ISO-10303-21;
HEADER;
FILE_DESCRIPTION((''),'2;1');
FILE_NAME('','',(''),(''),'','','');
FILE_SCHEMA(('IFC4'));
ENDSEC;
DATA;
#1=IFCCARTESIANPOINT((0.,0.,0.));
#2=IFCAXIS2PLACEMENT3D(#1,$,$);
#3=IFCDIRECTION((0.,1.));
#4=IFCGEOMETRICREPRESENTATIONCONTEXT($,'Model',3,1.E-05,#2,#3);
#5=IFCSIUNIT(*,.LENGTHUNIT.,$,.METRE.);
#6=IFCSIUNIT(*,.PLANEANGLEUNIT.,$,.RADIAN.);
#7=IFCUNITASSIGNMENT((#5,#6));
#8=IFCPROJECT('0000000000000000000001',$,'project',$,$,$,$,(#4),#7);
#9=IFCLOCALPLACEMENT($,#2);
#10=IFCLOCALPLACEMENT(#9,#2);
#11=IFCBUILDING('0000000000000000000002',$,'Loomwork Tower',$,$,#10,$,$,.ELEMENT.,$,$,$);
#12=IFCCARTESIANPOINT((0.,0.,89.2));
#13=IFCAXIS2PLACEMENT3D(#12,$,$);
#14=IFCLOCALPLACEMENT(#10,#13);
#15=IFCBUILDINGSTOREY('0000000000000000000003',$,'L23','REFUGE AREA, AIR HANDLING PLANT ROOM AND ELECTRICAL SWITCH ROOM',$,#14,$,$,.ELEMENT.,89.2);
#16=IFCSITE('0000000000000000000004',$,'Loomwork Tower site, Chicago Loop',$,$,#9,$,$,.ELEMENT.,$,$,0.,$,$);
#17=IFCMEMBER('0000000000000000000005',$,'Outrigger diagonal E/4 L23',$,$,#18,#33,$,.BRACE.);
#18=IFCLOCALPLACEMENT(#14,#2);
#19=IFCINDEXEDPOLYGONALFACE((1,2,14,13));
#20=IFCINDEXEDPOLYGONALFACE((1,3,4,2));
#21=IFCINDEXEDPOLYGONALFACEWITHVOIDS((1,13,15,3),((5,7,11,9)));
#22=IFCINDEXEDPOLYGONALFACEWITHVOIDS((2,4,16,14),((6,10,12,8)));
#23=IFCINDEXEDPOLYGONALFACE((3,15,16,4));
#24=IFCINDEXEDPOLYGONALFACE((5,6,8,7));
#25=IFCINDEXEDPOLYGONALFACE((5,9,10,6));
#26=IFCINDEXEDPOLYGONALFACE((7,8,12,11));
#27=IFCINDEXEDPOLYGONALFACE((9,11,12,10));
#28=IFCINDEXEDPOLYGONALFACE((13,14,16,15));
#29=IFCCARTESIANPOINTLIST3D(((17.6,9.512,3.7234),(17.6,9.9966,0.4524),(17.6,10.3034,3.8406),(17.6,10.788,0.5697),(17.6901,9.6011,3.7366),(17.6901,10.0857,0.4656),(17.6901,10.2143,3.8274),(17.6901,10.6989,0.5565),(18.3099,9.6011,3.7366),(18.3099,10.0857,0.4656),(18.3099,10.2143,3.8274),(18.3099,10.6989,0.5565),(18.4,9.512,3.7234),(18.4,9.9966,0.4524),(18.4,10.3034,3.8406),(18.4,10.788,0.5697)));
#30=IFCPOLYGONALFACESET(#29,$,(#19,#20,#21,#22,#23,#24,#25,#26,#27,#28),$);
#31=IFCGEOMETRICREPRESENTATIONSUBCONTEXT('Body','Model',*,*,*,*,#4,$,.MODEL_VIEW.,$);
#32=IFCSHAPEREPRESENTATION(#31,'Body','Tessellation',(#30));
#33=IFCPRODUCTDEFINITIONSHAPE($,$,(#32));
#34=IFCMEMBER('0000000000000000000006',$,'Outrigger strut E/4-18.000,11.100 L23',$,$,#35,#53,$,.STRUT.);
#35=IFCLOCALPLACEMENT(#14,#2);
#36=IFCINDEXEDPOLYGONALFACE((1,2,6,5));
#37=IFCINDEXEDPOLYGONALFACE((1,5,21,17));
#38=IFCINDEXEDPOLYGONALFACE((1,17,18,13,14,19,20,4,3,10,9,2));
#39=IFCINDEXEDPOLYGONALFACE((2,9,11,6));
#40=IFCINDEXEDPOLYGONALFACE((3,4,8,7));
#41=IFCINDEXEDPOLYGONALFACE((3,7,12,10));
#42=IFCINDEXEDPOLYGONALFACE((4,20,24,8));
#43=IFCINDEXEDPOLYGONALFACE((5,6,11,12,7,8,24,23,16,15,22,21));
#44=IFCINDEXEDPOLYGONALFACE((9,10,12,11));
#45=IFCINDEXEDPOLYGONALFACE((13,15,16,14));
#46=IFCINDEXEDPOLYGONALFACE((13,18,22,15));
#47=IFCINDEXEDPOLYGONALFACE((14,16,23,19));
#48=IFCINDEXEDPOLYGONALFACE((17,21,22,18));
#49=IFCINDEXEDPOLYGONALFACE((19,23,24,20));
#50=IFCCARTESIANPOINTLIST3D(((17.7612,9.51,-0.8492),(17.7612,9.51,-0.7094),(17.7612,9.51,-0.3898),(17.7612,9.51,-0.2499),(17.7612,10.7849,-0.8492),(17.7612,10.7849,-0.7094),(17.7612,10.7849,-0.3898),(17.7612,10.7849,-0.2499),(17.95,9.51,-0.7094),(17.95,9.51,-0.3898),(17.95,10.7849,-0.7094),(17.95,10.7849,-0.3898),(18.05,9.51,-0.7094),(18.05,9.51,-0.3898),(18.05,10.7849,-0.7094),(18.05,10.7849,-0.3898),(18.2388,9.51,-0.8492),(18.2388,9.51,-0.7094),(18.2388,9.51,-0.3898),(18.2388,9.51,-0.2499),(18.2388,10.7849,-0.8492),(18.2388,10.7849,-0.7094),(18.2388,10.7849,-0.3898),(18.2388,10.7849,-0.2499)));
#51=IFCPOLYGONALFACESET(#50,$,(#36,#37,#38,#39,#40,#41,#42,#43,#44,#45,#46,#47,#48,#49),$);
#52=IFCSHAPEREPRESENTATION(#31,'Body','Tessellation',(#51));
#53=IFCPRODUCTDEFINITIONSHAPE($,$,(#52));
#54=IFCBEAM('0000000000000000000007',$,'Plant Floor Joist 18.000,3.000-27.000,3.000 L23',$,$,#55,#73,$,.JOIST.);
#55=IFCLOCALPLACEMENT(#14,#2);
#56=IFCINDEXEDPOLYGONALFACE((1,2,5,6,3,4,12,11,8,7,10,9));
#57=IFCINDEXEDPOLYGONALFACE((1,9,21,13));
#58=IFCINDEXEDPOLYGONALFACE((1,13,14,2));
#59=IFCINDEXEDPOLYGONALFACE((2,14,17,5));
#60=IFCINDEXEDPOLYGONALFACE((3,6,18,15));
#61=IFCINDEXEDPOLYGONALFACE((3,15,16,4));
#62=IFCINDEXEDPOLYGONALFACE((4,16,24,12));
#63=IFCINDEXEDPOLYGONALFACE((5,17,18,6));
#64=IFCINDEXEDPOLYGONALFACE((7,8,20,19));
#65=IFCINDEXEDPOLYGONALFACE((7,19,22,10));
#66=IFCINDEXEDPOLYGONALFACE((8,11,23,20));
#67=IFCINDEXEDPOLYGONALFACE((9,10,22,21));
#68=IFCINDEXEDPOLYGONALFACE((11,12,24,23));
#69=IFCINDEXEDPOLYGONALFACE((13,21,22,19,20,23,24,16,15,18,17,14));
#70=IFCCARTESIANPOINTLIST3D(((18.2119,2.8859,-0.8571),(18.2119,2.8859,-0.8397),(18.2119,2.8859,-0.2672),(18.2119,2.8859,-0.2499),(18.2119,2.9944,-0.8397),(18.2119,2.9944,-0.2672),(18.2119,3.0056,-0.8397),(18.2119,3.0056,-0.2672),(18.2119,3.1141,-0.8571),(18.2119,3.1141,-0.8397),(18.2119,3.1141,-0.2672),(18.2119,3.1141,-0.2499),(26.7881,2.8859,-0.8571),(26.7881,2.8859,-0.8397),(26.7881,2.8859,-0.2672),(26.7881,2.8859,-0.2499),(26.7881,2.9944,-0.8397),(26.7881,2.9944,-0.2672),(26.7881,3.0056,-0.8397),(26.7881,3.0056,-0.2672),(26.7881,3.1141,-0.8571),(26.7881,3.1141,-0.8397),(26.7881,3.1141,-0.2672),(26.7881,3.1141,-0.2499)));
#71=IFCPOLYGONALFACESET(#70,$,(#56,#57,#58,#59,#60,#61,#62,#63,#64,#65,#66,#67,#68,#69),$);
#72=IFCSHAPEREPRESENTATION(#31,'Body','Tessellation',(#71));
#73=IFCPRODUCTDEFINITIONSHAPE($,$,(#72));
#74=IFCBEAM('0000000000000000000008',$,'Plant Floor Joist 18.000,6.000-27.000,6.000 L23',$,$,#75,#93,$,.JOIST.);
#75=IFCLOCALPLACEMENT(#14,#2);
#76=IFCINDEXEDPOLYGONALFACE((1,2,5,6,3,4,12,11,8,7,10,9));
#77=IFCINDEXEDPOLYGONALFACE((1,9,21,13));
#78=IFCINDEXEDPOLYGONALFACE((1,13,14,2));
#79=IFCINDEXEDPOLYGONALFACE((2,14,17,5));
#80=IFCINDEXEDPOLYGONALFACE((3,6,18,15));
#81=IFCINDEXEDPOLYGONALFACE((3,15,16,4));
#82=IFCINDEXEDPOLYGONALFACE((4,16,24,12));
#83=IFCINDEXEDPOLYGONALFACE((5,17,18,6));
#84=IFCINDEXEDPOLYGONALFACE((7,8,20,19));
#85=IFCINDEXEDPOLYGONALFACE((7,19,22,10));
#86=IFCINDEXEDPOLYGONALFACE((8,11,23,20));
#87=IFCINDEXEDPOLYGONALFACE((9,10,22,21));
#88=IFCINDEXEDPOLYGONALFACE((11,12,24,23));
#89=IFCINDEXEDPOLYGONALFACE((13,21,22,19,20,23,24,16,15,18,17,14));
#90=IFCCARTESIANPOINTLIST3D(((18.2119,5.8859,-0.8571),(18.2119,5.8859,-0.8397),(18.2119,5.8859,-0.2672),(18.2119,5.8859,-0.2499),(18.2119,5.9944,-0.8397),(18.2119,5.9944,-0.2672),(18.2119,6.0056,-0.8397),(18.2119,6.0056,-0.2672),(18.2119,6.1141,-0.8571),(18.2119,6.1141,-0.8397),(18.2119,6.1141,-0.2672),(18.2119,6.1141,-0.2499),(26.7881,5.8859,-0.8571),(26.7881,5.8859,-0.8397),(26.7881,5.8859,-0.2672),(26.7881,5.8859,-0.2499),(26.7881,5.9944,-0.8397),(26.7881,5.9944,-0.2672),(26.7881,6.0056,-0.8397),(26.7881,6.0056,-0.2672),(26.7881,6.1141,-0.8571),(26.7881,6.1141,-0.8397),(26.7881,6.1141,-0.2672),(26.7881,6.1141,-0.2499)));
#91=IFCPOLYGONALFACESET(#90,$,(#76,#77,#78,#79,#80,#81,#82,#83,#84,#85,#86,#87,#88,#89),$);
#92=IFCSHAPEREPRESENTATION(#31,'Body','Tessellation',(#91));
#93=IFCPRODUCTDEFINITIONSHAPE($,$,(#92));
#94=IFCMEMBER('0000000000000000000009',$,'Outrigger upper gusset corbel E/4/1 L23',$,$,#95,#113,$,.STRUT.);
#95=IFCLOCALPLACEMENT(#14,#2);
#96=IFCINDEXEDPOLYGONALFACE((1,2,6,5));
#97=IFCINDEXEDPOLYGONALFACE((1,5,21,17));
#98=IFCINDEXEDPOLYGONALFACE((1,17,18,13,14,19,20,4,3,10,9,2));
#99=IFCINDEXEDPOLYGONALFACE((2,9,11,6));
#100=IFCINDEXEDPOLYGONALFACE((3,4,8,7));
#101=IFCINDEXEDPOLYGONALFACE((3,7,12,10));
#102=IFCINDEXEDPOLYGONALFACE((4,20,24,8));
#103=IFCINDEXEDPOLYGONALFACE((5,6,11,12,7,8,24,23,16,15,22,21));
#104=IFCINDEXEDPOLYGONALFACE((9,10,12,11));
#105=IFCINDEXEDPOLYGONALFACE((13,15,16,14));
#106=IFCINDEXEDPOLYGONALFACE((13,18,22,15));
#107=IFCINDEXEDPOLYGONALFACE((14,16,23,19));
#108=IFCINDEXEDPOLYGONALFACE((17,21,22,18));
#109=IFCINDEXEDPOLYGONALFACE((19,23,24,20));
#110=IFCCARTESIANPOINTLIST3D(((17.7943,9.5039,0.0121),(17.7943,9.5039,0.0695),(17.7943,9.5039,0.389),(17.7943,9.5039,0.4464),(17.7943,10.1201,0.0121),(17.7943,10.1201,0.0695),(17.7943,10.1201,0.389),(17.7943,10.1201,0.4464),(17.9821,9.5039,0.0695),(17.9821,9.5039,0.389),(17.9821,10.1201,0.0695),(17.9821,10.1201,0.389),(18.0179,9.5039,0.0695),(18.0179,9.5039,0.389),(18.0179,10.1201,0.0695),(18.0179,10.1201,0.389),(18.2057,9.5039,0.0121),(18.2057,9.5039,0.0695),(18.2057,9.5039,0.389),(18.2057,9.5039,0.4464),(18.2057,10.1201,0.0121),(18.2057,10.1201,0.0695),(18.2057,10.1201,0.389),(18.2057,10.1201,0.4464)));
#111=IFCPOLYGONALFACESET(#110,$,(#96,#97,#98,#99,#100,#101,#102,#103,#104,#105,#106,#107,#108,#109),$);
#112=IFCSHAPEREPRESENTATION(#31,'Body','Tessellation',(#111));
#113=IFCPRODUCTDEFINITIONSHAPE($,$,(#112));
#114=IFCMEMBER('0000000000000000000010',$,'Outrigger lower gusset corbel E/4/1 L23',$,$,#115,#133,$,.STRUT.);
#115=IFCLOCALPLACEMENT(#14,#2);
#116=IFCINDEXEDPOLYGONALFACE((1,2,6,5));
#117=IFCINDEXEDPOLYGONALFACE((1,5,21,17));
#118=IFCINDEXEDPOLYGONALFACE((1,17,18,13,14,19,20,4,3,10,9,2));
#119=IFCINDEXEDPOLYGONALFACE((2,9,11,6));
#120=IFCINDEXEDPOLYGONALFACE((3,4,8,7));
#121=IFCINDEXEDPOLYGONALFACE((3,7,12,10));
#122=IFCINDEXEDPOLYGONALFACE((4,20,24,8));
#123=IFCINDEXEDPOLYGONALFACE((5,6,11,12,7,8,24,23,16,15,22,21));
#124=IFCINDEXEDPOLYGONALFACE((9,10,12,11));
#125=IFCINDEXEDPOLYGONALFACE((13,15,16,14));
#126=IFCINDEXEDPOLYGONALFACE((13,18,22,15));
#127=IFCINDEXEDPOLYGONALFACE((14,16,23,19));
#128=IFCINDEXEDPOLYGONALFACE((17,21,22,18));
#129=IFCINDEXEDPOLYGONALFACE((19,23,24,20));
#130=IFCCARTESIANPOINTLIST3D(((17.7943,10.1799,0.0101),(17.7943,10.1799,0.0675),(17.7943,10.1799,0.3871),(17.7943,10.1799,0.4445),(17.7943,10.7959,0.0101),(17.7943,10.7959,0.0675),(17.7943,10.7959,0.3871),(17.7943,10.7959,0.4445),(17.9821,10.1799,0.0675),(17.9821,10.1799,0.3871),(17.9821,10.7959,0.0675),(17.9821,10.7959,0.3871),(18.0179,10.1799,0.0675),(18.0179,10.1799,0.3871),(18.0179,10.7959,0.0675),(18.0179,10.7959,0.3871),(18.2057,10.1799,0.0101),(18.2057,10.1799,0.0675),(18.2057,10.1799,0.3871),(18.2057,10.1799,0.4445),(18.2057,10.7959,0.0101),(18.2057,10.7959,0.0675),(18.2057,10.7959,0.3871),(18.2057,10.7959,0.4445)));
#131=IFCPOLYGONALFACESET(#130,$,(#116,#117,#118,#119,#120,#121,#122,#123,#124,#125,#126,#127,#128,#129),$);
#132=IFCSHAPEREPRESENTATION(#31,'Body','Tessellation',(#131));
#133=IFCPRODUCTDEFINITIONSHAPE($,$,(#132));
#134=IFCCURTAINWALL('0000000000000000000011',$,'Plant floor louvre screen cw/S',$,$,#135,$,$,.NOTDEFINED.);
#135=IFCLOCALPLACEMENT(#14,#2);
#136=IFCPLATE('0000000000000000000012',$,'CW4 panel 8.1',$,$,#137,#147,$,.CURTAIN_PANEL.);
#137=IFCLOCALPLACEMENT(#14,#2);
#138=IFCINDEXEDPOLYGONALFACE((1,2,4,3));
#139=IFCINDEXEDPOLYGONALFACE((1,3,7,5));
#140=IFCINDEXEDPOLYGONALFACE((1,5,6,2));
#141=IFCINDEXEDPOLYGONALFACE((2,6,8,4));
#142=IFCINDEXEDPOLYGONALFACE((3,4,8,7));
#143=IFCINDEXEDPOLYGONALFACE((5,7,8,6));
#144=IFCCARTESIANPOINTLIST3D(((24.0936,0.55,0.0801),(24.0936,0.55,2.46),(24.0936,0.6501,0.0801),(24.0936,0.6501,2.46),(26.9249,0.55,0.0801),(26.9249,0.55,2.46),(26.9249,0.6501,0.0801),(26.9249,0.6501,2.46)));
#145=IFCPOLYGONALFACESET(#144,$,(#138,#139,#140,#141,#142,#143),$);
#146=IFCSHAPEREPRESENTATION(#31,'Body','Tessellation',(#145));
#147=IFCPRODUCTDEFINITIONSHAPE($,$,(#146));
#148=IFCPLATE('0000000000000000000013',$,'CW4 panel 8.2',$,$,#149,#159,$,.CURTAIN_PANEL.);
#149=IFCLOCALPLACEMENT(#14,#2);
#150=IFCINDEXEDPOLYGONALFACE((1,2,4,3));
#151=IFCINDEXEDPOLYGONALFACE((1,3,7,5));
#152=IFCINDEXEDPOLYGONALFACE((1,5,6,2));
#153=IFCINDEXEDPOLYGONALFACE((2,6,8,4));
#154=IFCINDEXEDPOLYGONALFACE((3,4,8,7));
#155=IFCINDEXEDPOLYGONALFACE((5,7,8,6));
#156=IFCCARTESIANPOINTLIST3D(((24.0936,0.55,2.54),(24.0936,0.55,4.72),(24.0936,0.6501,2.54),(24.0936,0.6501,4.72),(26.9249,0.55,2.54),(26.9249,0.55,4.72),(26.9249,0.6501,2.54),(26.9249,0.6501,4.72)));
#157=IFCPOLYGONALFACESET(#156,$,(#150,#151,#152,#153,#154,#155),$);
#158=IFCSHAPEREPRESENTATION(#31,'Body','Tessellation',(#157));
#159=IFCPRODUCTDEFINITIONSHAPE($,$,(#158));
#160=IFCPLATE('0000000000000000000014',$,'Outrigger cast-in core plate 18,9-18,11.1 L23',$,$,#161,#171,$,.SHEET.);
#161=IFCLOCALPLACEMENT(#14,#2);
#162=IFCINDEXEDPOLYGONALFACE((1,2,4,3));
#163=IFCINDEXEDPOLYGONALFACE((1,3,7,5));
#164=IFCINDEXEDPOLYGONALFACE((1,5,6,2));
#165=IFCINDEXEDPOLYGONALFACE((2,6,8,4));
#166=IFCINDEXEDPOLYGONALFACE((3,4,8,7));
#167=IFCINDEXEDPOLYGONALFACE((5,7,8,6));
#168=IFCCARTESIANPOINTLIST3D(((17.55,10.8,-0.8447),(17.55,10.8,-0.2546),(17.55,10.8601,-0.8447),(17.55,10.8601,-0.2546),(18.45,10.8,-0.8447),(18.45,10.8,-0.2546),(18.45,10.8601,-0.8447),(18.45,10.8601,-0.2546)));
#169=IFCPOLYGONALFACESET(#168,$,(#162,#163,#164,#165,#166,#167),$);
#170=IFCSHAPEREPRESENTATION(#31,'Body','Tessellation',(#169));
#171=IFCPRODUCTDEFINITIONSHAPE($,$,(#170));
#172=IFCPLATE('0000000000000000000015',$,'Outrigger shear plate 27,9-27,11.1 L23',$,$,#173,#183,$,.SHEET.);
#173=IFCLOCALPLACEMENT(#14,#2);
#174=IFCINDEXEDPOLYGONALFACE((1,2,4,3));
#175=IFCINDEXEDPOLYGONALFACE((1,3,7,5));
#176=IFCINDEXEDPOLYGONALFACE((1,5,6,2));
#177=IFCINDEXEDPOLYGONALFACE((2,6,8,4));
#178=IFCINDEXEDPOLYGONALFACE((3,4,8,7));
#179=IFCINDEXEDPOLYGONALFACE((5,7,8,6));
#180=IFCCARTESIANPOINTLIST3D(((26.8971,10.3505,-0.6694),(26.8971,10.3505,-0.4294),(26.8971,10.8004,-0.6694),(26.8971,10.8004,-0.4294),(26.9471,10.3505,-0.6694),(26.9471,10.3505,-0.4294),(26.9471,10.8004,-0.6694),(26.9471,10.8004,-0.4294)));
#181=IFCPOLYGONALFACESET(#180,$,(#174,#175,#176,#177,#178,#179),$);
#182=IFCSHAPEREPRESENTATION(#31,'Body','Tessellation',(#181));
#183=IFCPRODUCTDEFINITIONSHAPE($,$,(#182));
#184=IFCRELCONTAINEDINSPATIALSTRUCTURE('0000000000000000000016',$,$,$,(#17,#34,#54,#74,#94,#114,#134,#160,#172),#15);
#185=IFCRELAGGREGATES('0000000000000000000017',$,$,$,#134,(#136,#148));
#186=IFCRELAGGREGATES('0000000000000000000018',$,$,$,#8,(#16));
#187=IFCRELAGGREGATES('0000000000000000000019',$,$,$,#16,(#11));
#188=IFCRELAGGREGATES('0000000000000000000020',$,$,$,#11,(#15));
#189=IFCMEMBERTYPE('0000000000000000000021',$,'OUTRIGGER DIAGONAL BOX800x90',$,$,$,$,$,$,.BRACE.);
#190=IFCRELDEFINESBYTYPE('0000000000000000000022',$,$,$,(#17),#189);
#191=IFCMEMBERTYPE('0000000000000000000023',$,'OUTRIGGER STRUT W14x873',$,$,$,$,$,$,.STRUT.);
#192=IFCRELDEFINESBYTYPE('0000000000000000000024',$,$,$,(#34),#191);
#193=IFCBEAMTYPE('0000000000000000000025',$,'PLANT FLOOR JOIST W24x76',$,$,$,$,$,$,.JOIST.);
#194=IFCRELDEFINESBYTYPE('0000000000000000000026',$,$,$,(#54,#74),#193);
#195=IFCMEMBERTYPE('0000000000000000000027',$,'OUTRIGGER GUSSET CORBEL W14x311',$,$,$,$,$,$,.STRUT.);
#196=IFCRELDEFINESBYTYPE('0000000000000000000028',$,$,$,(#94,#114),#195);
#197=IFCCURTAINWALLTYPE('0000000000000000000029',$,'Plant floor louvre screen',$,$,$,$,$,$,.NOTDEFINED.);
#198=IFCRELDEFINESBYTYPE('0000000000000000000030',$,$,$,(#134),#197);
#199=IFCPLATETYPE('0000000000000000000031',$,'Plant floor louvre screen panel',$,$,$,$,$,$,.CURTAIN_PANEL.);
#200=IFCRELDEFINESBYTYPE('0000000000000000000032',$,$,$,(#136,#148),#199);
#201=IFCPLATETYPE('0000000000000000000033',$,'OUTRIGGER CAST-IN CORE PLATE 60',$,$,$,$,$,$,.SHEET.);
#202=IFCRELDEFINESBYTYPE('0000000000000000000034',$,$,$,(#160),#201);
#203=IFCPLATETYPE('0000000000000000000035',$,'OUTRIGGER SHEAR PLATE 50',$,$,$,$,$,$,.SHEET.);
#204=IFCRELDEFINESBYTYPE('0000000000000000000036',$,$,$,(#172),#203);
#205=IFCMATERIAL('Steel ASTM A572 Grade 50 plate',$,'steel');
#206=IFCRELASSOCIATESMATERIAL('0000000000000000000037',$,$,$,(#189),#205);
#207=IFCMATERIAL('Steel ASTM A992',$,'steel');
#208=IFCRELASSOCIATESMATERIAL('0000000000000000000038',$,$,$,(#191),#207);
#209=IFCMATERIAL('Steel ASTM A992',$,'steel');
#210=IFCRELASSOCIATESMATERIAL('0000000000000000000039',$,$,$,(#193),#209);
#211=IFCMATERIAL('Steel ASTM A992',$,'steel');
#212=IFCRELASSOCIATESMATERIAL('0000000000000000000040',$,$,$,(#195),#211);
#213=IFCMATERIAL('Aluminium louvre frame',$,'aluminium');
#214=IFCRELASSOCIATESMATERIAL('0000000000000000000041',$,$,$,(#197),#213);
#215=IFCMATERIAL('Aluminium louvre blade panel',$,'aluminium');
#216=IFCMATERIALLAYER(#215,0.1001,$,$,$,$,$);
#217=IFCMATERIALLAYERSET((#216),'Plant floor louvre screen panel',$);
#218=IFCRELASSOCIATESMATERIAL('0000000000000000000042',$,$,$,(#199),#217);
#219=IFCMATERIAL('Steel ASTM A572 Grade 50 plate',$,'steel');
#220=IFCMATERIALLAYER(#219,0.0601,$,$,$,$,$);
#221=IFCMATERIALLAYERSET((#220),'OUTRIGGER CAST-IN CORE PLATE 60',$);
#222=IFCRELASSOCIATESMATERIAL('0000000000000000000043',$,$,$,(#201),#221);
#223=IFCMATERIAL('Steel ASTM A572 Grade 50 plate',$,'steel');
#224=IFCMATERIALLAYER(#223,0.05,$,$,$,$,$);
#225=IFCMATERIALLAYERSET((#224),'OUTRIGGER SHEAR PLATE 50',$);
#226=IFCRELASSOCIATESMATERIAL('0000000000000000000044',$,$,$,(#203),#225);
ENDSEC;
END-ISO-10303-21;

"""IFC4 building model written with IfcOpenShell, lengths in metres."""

from ifc_helpers import new_model, si_unit, direction, frame, origin, origin_2d, place, context, subcontext, project, spatial, rectangle, hollow_rectangle, i_section, extrude, material, layer, layer_set, material_profile, profile_set, type_object, element, aggregate, save


model = new_model("IFC4")

# Units and contexts
model_context = context("Model", 3, precision=1e-05, world=origin(), true_north=direction((0.0, 1.0)))
body_context = subcontext(model_context, "Body", "Model", "MODEL_VIEW")
ifc_project = project(units=[si_unit("LENGTHUNIT", "METRE"), si_unit("PLANEANGLEUNIT", "RADIAN")], contexts=[model_context])

# Site, building, storey
site_placement = place(None, origin())
site = spatial("IfcSite", under=ifc_project, at=site_placement, Name="Loomwork Tower site, Chicago Loop", CompositionType="ELEMENT", RefElevation=0.0)
building_placement = place(site_placement, origin())
building = spatial("IfcBuilding", under=site, at=building_placement, Name="Loomwork Tower", CompositionType="ELEMENT")
storey_placement = place(building_placement, frame((0.0, 0.0, 89.2)))
storey = spatial("IfcBuildingStorey", under=building, at=storey_placement, Name="L23", Description="REFUGE AREA, AIR HANDLING PLANT ROOM AND ELECTRICAL SWITCH ROOM", CompositionType="ELEMENT", Elevation=89.2)

# Members
ifc_material_1 = material(Name="Steel ASTM A572 Grade 50 plate", Category="steel")
ifc_material_profile_1 = material_profile(ifc_material_1, hollow_rectangle(XDim=0.8, YDim=0.8, WallThickness=0.0901, at=origin_2d()), Name="BOX800x90")
ifc_profile_set_1 = profile_set([ifc_material_profile_1], Name="Steel ASTM A572 Grade 50 plate")
member_type_1 = type_object("IfcMemberType", Name="OUTRIGGER DIAGONAL BOX800x90", PredefinedType="BRACE", material=ifc_profile_set_1)
member_1_placement = place(storey_placement, frame((18.0, 9.9077, 3.782), z_axis=(0.0, 0.146557, -0.989202), x_axis=(-1.0, 0.0, 0.0)))
element("IfcMember", 1, at=member_1_placement, inside=storey, type_object=member_type_1, Name="Outrigger diagonal E/4 L23", PredefinedType="BRACE", context=body_context, shape_type="SweptSolid", body=[
    extrude(hollow_rectangle(XDim=0.8, YDim=0.8, WallThickness=0.0901, at=origin_2d()), origin(), (0.0, 0.0, 1.0), 3.3066),
])
ifc_material_2 = material(Name="Steel ASTM A992", Category="steel")
ifc_material_profile_2 = material_profile(ifc_material_2, i_section(OverallWidth=0.4775, OverallDepth=0.5994, WebThickness=0.1001, FlangeThickness=0.1399, at=origin_2d()), Name="W14x873")
ifc_profile_set_2 = profile_set([ifc_material_profile_2], Name="Steel ASTM A992")
member_type_2 = type_object("IfcMemberType", Name="OUTRIGGER STRUT W14x873", PredefinedType="STRUT", material=ifc_profile_set_2)
member_2_placement = place(storey_placement, frame((18.0, 9.51, -0.5496), z_axis=(0.0, 1.0, 0.0), x_axis=(-1.0, 0.0, 0.0)))
element("IfcMember", 2, at=member_2_placement, inside=storey, type_object=member_type_2, Name="Outrigger strut E/4-18.000,11.100 L23", PredefinedType="STRUT", context=body_context, shape_type="SweptSolid", body=[
    extrude(i_section(OverallWidth=0.4775, OverallDepth=0.5994, WebThickness=0.1001, FlangeThickness=0.1399, at=origin_2d()), origin(), (0.0, 0.0, 1.0), 1.2749),
])

# Beams
ifc_material_3 = material(Name="Steel ASTM A992", Category="steel")
ifc_material_profile_3 = material_profile(ifc_material_3, i_section(OverallWidth=0.2283, OverallDepth=0.6072, WebThickness=0.0112, FlangeThickness=0.0173, at=origin_2d()), Name="W24x76")
ifc_profile_set_3 = profile_set([ifc_material_profile_3], Name="Steel ASTM A992")
beam_type = type_object("IfcBeamType", Name="PLANT FLOOR JOIST W24x76", PredefinedType="JOIST", material=ifc_profile_set_3)
for number, where, z_axis, x_axis, name in (
    (3, (18.2119, 3.0, -0.5535), (1.0, 0.0, 0.0), (0.0, 1.0, 0.0), "Plant Floor Joist 18.000,3.000-27.000,3.000 L23"),
    (4, (18.2119, 6.0, -0.5535), (1.0, 0.0, 0.0), (0.0, 1.0, 0.0), "Plant Floor Joist 18.000,6.000-27.000,6.000 L23"),
):
    element("IfcBeam", number, at=place(storey_placement, frame(where, z_axis=z_axis, x_axis=x_axis)), inside=storey, type_object=beam_type, Name=name, PredefinedType="JOIST", context=body_context, shape_type="SweptSolid", body=[
        extrude(i_section(OverallWidth=0.2283, OverallDepth=0.6072, WebThickness=0.0112, FlangeThickness=0.0173, at=origin_2d()), origin(), (0.0, 0.0, 1.0), 8.5762),
    ])

# Members
ifc_material_4 = material(Name="Steel ASTM A992", Category="steel")
ifc_material_profile_4 = material_profile(ifc_material_4, i_section(OverallWidth=0.4114, OverallDepth=0.4343, WebThickness=0.0359, FlangeThickness=0.0574, at=origin_2d()), Name="W14x311")
ifc_profile_set_4 = profile_set([ifc_material_profile_4], Name="Steel ASTM A992")
member_type_3 = type_object("IfcMemberType", Name="OUTRIGGER GUSSET CORBEL W14x311", PredefinedType="STRUT", material=ifc_profile_set_4)
member_3_placement = place(storey_placement, frame((18.0, 9.5039, 0.2292), z_axis=(0.0, 1.0, 0.0), x_axis=(-1.0, 0.0, 0.0)))
element("IfcMember", 5, at=member_3_placement, inside=storey, type_object=member_type_3, Name="Outrigger upper gusset corbel E/4/1 L23", PredefinedType="STRUT", context=body_context, shape_type="SweptSolid", body=[
    extrude(i_section(OverallWidth=0.4114, OverallDepth=0.4343, WebThickness=0.0359, FlangeThickness=0.0574, at=origin_2d()), origin(), (0.0, 0.0, 1.0), 0.6162),
])
member_4_placement = place(storey_placement, frame((18.0, 10.7959, 0.2273), z_axis=(0.0, -1.0, 0.0), x_axis=(1.0, 0.0, 0.0)))
element("IfcMember", 6, at=member_4_placement, inside=storey, type_object=member_type_3, Name="Outrigger lower gusset corbel E/4/1 L23", PredefinedType="STRUT", context=body_context, shape_type="SweptSolid", body=[
    extrude(i_section(OverallWidth=0.4114, OverallDepth=0.4343, WebThickness=0.0359, FlangeThickness=0.0574, at=origin_2d()), origin(), (0.0, 0.0, 1.0), 0.616),
])

# Curtain wall, plates
ifc_material_5 = material(Name="Aluminium louvre frame", Category="aluminium")
curtain_wall_type = type_object("IfcCurtainWallType", Name="Plant floor louvre screen", PredefinedType="NOTDEFINED", material=ifc_material_5)
curtain_wall_placement = place(storey_placement, origin())
curtain_wall = element("IfcCurtainWall", 7, at=curtain_wall_placement, inside=storey, type_object=curtain_wall_type, Name="Plant floor louvre screen cw/S", PredefinedType="NOTDEFINED")
ifc_material_6 = material(Name="Aluminium louvre blade panel", Category="aluminium")
ifc_layer_1 = layer(ifc_material_6, 0.1001)
ifc_layer_set_1 = layer_set([ifc_layer_1], Name="Plant floor louvre screen panel")
plate_type_1 = type_object("IfcPlateType", Name="Plant floor louvre screen panel", PredefinedType="CURTAIN_PANEL", material=ifc_layer_set_1)
plate_1_placement = place(storey_placement, frame((25.5093, 0.6001, 0.0801), z_axis=(0.0, 0.0, 1.0), x_axis=(1.0, 0.0, 0.0)))
plate_1 = element("IfcPlate", 8, at=plate_1_placement, type_object=plate_type_1, Name="CW4 panel 8.1", PredefinedType="CURTAIN_PANEL", context=body_context, shape_type="SweptSolid", body=[
    extrude(rectangle(XDim=2.8313, YDim=0.1001, at=origin_2d()), origin(), (0.0, 0.0, 1.0), 2.3799),
])
plate_2_placement = place(storey_placement, frame((25.5093, 0.6001, 2.54), z_axis=(0.0, 0.0, 1.0), x_axis=(1.0, 0.0, 0.0)))
plate_2 = element("IfcPlate", 9, at=plate_2_placement, type_object=plate_type_1, Name="CW4 panel 8.2", PredefinedType="CURTAIN_PANEL", context=body_context, shape_type="SweptSolid", body=[
    extrude(rectangle(XDim=2.8313, YDim=0.1001, at=origin_2d()), origin(), (0.0, 0.0, 1.0), 2.1799),
])
aggregate(curtain_wall, [plate_1, plate_2])

# Plates
ifc_material_7 = material(Name="Steel ASTM A572 Grade 50 plate", Category="steel")
ifc_layer_2 = layer(ifc_material_7, 0.0601)
ifc_layer_set_2 = layer_set([ifc_layer_2], Name="OUTRIGGER CAST-IN CORE PLATE 60")
plate_type_2 = type_object("IfcPlateType", Name="OUTRIGGER CAST-IN CORE PLATE 60", PredefinedType="SHEET", material=ifc_layer_set_2)
plate_3_placement = place(storey_placement, frame((18.0, 10.8301, -0.8447), z_axis=(0.0, 0.0, 1.0), x_axis=(1.0, 0.0, 0.0)))
element("IfcPlate", 10, at=plate_3_placement, inside=storey, type_object=plate_type_2, Name="Outrigger cast-in core plate 18,9-18,11.1 L23", PredefinedType="SHEET", context=body_context, shape_type="SweptSolid", body=[
    extrude(rectangle(XDim=0.8999, YDim=0.0601, at=origin_2d()), origin(), (0.0, 0.0, 1.0), 0.5901),
])
ifc_material_8 = material(Name="Steel ASTM A572 Grade 50 plate", Category="steel")
ifc_layer_3 = layer(ifc_material_8, 0.05)
ifc_layer_set_3 = layer_set([ifc_layer_3], Name="OUTRIGGER SHEAR PLATE 50")
plate_type_3 = type_object("IfcPlateType", Name="OUTRIGGER SHEAR PLATE 50", PredefinedType="SHEET", material=ifc_layer_set_3)
plate_4_placement = place(storey_placement, frame((26.9221, 10.5754, -0.6694), z_axis=(0.0, 0.0, 1.0), x_axis=(0.0, 1.0, 0.0)))
element("IfcPlate", 11, at=plate_4_placement, inside=storey, type_object=plate_type_3, Name="Outrigger shear plate 27,9-27,11.1 L23", PredefinedType="SHEET", context=body_context, shape_type="SweptSolid", body=[
    extrude(rectangle(XDim=0.45, YDim=0.05, at=origin_2d()), origin(), (0.0, 0.0, 1.0), 0.24),
])

save(model, "model.ifc")
